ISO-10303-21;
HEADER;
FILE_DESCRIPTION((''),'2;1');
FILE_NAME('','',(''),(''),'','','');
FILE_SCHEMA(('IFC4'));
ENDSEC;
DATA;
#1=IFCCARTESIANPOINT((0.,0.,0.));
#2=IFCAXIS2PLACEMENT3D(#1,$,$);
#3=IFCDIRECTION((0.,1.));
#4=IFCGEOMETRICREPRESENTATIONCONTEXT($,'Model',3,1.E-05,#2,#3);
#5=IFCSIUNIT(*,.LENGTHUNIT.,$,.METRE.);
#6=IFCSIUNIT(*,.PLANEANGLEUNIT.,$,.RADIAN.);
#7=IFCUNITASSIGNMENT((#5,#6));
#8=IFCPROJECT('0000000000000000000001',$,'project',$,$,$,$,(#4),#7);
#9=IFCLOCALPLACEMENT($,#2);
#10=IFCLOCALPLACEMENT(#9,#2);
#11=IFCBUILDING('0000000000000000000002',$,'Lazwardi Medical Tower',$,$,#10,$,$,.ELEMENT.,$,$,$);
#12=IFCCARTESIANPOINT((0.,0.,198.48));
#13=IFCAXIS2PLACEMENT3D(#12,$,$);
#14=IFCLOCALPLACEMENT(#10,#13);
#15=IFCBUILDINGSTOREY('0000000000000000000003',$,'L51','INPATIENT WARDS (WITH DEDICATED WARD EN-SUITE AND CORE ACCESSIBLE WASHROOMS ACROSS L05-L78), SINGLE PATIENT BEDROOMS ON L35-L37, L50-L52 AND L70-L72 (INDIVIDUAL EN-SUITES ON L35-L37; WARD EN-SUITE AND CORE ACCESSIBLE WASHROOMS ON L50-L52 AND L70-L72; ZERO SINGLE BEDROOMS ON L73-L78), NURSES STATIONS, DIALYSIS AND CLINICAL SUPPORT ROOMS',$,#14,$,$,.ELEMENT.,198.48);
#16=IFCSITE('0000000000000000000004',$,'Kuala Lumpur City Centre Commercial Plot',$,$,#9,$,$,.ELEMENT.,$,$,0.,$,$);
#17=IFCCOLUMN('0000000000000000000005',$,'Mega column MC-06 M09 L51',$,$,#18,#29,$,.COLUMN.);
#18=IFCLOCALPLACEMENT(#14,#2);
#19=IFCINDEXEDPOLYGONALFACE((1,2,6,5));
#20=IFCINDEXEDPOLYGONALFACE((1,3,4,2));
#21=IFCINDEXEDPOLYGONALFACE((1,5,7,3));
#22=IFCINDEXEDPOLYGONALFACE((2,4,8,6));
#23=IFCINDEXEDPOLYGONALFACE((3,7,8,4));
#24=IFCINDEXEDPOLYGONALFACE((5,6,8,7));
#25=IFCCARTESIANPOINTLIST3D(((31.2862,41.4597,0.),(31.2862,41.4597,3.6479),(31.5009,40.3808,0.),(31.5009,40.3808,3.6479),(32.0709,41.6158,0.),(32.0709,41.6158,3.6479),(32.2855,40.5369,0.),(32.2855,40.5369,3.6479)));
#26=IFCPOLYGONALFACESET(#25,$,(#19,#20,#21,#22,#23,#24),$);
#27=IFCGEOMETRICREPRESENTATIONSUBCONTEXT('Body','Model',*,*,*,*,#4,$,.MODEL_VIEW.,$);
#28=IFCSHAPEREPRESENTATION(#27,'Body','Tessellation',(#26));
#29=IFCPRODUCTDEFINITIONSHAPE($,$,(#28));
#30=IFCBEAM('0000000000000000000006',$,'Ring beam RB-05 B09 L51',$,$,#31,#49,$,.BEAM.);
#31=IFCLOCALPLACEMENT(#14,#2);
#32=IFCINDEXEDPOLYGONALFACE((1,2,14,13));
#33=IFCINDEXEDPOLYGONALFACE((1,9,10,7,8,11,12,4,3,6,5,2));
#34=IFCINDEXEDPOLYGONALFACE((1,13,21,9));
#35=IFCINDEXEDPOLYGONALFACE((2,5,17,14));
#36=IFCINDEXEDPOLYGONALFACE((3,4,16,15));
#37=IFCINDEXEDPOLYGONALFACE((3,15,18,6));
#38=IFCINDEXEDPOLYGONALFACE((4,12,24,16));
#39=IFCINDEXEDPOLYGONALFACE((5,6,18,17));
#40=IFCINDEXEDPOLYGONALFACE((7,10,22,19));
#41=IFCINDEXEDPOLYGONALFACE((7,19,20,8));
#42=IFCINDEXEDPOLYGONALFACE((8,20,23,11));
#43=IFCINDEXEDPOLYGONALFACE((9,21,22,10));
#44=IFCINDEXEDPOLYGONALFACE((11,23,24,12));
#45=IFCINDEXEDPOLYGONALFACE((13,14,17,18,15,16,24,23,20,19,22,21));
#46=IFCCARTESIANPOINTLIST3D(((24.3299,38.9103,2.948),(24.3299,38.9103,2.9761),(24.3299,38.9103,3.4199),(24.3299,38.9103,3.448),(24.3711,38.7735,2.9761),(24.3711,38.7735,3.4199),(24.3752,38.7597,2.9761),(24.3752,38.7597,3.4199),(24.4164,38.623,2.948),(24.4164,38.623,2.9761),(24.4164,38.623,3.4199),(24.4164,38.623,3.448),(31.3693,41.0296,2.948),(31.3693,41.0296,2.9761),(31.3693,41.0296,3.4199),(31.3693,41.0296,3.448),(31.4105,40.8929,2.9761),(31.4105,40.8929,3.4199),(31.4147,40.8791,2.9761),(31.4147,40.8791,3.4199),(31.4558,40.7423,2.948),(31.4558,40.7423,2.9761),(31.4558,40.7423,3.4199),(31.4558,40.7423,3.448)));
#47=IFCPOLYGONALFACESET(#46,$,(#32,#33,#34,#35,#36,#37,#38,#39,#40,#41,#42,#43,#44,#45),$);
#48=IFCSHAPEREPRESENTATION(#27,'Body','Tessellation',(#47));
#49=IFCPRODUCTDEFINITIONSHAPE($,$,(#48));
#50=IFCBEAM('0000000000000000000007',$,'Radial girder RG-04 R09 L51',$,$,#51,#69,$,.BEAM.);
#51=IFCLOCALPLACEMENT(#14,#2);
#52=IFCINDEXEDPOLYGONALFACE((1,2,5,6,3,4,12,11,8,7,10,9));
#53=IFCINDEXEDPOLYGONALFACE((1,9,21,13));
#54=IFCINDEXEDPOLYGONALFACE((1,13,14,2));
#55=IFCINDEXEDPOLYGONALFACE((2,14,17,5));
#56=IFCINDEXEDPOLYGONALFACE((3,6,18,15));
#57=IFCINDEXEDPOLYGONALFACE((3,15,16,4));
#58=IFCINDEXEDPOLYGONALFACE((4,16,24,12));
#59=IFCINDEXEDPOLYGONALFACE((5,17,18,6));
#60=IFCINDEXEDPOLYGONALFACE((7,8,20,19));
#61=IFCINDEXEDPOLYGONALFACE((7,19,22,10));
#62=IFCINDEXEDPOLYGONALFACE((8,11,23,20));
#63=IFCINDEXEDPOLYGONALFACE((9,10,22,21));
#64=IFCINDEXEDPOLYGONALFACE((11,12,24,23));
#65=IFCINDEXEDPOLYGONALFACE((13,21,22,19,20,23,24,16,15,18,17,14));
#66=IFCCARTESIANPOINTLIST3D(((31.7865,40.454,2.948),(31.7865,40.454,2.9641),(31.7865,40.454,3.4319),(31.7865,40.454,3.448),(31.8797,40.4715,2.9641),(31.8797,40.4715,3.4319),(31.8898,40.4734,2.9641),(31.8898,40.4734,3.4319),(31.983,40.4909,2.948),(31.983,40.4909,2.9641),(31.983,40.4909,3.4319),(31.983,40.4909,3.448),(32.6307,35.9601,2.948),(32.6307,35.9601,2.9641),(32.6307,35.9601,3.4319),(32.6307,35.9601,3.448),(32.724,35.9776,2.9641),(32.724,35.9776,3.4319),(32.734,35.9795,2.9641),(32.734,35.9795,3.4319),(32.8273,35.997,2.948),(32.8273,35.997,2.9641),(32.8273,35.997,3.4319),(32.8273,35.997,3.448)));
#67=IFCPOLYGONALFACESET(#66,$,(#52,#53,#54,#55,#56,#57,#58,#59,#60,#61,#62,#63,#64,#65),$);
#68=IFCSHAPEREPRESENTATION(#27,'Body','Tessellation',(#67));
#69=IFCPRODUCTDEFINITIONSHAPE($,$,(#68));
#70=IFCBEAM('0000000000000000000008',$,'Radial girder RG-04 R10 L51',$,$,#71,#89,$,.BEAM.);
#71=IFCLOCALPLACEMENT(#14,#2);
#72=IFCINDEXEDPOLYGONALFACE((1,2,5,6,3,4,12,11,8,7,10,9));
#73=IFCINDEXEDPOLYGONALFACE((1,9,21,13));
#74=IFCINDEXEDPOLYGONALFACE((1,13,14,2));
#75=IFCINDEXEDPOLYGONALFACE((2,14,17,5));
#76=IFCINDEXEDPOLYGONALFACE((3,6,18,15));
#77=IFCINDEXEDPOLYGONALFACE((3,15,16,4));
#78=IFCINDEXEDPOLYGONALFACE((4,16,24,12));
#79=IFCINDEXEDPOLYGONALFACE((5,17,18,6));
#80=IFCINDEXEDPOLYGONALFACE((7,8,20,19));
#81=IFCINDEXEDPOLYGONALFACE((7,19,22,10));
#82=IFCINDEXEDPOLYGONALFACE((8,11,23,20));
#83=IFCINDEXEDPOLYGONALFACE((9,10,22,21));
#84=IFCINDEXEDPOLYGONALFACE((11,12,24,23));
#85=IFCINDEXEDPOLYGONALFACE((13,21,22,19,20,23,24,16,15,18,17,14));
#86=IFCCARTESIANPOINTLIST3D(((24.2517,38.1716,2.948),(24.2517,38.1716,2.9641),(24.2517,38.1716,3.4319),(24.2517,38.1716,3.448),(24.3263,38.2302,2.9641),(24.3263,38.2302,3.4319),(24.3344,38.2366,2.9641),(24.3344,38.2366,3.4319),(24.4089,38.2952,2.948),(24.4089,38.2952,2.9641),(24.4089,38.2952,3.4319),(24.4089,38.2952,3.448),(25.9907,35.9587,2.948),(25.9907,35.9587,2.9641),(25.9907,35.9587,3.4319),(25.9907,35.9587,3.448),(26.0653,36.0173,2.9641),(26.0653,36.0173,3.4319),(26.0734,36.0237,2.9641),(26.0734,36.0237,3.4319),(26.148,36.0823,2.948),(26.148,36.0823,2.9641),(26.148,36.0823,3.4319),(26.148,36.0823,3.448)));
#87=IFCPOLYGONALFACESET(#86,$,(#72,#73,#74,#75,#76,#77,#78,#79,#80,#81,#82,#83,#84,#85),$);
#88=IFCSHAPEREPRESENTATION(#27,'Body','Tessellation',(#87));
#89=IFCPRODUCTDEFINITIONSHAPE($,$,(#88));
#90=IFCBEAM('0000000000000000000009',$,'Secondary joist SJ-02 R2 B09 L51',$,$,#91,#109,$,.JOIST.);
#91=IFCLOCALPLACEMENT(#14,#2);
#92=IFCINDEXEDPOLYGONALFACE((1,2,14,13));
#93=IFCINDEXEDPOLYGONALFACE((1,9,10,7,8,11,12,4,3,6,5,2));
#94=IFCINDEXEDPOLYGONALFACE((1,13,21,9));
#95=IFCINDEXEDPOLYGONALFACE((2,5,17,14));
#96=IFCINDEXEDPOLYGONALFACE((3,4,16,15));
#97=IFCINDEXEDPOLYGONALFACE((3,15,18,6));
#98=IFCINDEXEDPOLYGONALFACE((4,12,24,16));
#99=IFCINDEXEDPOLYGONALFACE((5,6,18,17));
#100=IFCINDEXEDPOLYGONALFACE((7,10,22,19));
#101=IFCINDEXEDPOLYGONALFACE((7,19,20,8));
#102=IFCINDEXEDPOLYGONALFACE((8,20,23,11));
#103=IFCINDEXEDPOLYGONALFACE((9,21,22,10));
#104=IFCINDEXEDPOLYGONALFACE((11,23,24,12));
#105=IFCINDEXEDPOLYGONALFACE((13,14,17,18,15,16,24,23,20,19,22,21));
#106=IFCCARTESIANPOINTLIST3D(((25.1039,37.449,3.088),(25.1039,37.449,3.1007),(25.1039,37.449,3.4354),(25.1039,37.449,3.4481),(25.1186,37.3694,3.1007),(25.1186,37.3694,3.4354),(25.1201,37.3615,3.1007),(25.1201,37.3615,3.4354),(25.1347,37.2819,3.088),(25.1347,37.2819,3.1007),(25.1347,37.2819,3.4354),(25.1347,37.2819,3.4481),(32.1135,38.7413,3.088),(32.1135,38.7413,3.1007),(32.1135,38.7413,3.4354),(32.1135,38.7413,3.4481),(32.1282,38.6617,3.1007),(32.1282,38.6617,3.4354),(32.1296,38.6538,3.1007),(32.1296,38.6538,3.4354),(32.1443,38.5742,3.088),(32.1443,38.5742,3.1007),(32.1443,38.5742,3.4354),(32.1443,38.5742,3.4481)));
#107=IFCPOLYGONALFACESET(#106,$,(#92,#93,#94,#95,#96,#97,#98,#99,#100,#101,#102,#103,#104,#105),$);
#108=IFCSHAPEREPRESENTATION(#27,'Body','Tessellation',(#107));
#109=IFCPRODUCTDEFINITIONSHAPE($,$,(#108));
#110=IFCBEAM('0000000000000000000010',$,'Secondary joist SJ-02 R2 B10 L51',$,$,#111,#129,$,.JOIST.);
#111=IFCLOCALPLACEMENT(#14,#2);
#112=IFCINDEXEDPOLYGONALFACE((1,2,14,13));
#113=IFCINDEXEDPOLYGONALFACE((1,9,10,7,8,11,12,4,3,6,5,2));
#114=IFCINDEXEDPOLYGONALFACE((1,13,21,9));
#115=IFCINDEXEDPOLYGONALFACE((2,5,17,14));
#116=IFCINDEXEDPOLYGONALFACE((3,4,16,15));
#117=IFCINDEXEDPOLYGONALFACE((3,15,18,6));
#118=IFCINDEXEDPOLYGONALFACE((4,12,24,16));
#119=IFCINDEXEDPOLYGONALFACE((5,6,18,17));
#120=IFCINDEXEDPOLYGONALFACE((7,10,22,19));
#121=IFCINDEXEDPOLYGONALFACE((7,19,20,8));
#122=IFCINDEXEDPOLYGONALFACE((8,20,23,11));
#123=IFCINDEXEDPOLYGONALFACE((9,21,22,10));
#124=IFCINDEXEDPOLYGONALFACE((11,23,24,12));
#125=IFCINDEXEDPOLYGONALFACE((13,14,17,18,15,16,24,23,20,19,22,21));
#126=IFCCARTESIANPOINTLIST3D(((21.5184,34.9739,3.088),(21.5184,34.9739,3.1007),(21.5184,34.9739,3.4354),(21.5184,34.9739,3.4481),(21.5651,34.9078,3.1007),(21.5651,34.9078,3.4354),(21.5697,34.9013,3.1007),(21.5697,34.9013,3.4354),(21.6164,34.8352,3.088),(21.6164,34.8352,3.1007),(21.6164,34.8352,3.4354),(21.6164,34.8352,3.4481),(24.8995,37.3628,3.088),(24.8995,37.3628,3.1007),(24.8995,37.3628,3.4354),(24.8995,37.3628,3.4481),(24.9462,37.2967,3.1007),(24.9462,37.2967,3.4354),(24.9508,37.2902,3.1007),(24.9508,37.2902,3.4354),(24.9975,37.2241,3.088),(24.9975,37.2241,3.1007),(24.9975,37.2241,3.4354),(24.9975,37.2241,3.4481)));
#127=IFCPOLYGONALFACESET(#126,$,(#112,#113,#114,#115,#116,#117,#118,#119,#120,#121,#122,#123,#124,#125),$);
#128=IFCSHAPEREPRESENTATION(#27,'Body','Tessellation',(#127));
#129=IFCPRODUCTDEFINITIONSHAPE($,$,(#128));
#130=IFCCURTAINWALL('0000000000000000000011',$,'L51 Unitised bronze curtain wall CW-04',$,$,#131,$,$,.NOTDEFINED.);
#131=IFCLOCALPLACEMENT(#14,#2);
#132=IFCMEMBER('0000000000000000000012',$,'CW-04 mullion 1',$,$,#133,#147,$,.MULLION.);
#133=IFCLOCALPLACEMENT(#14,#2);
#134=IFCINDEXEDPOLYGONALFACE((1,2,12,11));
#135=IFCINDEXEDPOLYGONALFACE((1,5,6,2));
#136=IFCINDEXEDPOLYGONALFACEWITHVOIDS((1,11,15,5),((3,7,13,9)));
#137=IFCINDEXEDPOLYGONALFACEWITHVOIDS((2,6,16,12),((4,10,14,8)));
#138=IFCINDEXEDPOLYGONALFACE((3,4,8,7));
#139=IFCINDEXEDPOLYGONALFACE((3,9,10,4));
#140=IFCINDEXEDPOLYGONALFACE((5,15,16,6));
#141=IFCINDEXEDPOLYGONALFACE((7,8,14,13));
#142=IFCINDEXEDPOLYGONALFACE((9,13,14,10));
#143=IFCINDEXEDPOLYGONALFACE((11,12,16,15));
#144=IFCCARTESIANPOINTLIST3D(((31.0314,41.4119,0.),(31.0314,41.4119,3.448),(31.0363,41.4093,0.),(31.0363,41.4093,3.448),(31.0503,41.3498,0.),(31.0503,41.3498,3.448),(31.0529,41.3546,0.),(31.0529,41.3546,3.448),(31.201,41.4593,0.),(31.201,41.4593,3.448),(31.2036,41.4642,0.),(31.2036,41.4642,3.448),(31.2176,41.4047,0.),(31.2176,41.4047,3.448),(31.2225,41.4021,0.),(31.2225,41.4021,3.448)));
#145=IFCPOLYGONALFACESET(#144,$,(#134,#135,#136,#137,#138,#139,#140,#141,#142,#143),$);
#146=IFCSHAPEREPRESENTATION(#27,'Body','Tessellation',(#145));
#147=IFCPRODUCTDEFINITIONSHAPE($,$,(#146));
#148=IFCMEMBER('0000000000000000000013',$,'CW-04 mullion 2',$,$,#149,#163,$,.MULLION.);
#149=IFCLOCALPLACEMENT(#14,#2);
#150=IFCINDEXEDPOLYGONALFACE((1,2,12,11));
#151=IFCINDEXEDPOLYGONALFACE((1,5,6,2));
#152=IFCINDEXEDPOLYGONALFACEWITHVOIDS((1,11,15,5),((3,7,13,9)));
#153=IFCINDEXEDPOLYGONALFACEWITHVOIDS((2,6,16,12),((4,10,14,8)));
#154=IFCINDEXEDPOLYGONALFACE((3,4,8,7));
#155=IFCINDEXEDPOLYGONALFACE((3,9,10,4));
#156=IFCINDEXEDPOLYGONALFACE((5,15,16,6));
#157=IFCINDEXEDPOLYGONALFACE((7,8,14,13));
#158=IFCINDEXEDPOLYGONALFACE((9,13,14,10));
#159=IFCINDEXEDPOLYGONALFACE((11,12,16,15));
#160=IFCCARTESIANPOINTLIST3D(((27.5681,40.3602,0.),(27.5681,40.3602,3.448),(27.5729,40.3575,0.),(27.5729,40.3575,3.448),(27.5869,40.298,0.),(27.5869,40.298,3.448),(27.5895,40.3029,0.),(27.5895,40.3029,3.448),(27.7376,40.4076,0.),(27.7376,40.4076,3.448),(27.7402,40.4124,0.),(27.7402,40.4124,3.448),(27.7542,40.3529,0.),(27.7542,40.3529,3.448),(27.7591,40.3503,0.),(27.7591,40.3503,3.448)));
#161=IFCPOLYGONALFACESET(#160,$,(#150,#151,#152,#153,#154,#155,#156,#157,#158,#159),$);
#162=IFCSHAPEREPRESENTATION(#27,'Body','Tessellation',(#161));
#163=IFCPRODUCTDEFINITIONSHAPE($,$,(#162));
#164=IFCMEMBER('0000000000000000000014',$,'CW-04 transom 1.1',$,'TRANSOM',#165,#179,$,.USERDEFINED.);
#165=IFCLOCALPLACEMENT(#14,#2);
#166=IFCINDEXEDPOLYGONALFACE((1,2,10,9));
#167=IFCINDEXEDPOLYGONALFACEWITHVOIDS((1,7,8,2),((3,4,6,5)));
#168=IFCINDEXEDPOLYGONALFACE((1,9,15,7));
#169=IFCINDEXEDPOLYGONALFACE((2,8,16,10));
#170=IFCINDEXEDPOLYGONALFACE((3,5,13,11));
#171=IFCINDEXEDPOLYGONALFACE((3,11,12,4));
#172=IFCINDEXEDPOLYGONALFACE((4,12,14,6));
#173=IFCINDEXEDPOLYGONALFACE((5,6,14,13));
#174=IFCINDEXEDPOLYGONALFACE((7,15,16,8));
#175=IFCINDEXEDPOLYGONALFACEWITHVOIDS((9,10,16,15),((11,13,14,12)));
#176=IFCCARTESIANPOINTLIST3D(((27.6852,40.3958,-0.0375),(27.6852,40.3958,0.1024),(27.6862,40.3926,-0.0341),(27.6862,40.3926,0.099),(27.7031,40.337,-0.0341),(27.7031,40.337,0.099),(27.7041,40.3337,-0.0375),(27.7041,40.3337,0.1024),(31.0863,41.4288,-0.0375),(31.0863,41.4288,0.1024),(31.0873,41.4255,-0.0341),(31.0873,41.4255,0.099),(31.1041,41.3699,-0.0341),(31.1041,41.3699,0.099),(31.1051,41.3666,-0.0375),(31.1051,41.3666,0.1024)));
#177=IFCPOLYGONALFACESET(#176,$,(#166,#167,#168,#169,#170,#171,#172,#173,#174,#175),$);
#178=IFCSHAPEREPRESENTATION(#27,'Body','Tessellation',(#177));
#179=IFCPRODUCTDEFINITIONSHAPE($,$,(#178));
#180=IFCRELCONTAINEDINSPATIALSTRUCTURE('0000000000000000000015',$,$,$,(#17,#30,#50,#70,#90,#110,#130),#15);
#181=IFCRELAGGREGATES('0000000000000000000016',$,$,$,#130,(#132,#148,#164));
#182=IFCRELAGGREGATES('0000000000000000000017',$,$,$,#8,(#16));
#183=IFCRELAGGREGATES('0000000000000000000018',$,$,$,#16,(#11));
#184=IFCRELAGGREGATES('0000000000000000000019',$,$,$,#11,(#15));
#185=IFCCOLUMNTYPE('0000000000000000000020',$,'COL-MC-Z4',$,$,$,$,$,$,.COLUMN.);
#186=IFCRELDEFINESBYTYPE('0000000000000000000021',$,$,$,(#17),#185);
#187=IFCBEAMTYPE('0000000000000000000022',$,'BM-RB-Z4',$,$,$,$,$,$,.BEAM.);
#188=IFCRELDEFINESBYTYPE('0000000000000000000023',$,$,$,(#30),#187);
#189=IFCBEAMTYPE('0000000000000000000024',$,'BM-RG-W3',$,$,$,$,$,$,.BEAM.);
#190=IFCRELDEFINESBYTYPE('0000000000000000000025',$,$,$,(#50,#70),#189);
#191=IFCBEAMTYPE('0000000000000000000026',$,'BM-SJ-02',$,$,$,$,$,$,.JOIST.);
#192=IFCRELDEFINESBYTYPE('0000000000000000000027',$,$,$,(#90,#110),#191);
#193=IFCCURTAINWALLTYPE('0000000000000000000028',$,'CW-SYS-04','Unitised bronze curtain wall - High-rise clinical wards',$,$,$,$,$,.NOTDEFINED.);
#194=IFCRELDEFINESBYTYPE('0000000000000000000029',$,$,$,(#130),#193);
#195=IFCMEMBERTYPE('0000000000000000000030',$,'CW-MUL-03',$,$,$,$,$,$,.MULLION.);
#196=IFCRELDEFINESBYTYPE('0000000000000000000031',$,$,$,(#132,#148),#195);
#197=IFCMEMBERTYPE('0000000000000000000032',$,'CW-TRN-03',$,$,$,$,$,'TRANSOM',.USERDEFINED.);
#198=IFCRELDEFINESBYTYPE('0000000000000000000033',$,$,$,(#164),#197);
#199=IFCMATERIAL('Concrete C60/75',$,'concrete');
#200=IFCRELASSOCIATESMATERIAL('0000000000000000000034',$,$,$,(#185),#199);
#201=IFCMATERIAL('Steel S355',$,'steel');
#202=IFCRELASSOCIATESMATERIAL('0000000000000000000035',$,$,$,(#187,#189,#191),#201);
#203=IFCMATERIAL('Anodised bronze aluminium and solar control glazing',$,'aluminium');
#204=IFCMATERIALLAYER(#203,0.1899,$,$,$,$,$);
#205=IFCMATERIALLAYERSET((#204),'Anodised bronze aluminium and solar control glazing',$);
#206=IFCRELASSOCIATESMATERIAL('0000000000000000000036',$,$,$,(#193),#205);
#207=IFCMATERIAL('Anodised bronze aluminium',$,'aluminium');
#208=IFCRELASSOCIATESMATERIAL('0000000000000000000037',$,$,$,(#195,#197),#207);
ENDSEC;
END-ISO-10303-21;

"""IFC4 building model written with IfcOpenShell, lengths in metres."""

from ifc_helpers import new_model, si_unit, direction, frame, origin, origin_2d, place, context, subcontext, project, spatial, rectangle, hollow_rectangle, i_section, extrude, material, layer, layer_set, material_profile, profile_set, type_object, element, aggregate, save


model = new_model("IFC4")

# Units and contexts
model_context = context("Model", 3, precision=1e-05, world=origin(), true_north=direction((0.0, 1.0)))
body_context = subcontext(model_context, "Body", "Model", "MODEL_VIEW")
ifc_project = project(units=[si_unit("LENGTHUNIT", "METRE"), si_unit("PLANEANGLEUNIT", "RADIAN")], contexts=[model_context])

# Site, building, storey
site_placement = place(None, origin())
site = spatial("IfcSite", under=ifc_project, at=site_placement, Name="Kuala Lumpur City Centre Commercial Plot", CompositionType="ELEMENT", RefElevation=0.0)
building_placement = place(site_placement, origin())
building = spatial("IfcBuilding", under=site, at=building_placement, Name="Lazwardi Medical Tower", CompositionType="ELEMENT")
storey_placement = place(building_placement, frame((0.0, 0.0, 198.48)))
storey = spatial("IfcBuildingStorey", under=building, at=storey_placement, Name="L51", Description="INPATIENT WARDS (WITH DEDICATED WARD EN-SUITE AND CORE ACCESSIBLE WASHROOMS ACROSS L05-L78), SINGLE PATIENT BEDROOMS ON L35-L37, L50-L52 AND L70-L72 (INDIVIDUAL EN-SUITES ON L35-L37; WARD EN-SUITE AND CORE ACCESSIBLE WASHROOMS ON L50-L52 AND L70-L72; ZERO SINGLE BEDROOMS ON L73-L78), NURSES STATIONS, DIALYSIS AND CLINICAL SUPPORT ROOMS", CompositionType="ELEMENT", Elevation=198.48)

# Column
ifc_material_1 = material(Name="Concrete C60/75", Category="concrete")
ifc_material_profile_1 = material_profile(ifc_material_1, rectangle(XDim=1.1001, YDim=0.8, at=origin_2d()), Name="CFT-RECT 1100x800")
ifc_profile_set_1 = profile_set([ifc_material_profile_1], Name="Concrete C60/75")
column_type = type_object("IfcColumnType", Name="COL-MC-Z4", PredefinedType="COLUMN", material=ifc_profile_set_1)
column_placement = place(storey_placement, frame((31.7859, 40.9983, 0.0), z_axis=(0.0, 0.0, 1.0), x_axis=(-0.19509, 0.980785, 0.0)))
element("IfcColumn", 1, at=column_placement, inside=storey, type_object=column_type, Name="Mega column MC-06 M09 L51", PredefinedType="COLUMN", context=body_context, shape_type="SweptSolid", body=[
    extrude(rectangle(XDim=1.1001, YDim=0.8, at=origin_2d()), origin(), (0.0, 0.0, 1.0), 3.6479),
])

# Beams
ifc_material_2 = material(Name="Steel S355", Category="steel")
ifc_material_profile_2 = material_profile(ifc_material_2, i_section(OverallWidth=0.3, OverallDepth=0.5, WebThickness=0.0144, FlangeThickness=0.0281, at=origin_2d()), Name="HEB 500")
ifc_profile_set_2 = profile_set([ifc_material_profile_2], Name="Steel S355")
beam_type_1 = type_object("IfcBeamType", Name="BM-RB-Z4", PredefinedType="BEAM", material=ifc_profile_set_2)
beam_1_placement = place(storey_placement, frame((31.4126, 40.886, 3.198), z_axis=(-0.957544, -0.288286, 0.0), x_axis=(0.288286, -0.957544, 0.0)))
element("IfcBeam", 2, at=beam_1_placement, inside=storey, type_object=beam_type_1, Name="Ring beam RB-05 B09 L51", PredefinedType="BEAM", context=body_context, shape_type="SweptSolid", body=[
    extrude(i_section(OverallWidth=0.3, OverallDepth=0.5, WebThickness=0.0144, FlangeThickness=0.0281, at=origin_2d()), origin(), (0.0, 0.0, 1.0), 7.3516),
])
ifc_material_profile_3 = material_profile(ifc_material_2, i_section(OverallWidth=0.2, OverallDepth=0.5, WebThickness=0.0103, FlangeThickness=0.0161, at=origin_2d()), Name="IPE 500")
ifc_profile_set_3 = profile_set([ifc_material_profile_3], Name="Steel S355")
beam_type_2 = type_object("IfcBeamType", Name="BM-RG-W3", PredefinedType="BEAM", material=ifc_profile_set_3)
beam_2_placement = place(storey_placement, frame((31.8848, 40.4724, 3.198), z_axis=(0.184633, -0.982807, 0.0), x_axis=(0.982807, 0.184633, 0.0)))
element("IfcBeam", 3, at=beam_2_placement, inside=storey, type_object=beam_type_2, Name="Radial girder RG-04 R09 L51", PredefinedType="BEAM", context=body_context, shape_type="SweptSolid", body=[
    extrude(i_section(OverallWidth=0.2, OverallDepth=0.5, WebThickness=0.0103, FlangeThickness=0.0161, at=origin_2d()), origin(), (0.0, 0.0, 1.0), 4.5725),
])
beam_3_placement = place(storey_placement, frame((24.3303, 38.2334, 3.198), z_axis=(0.617891, -0.786264, 0.0), x_axis=(0.786264, 0.617891, 0.0)))
element("IfcBeam", 4, at=beam_3_placement, inside=storey, type_object=beam_type_2, Name="Radial girder RG-04 R10 L51", PredefinedType="BEAM", context=body_context, shape_type="SweptSolid", body=[
    extrude(i_section(OverallWidth=0.2, OverallDepth=0.5, WebThickness=0.0103, FlangeThickness=0.0161, at=origin_2d()), origin(), (0.0, 0.0, 1.0), 2.8145),
])
ifc_material_profile_4 = material_profile(ifc_material_2, i_section(OverallWidth=0.1699, OverallDepth=0.3601, WebThickness=0.0081, FlangeThickness=0.0127, at=origin_2d()), Name="IPE 360")
ifc_profile_set_4 = profile_set([ifc_material_profile_4], Name="Steel S355")
beam_type_3 = type_object("IfcBeamType", Name="BM-SJ-02", PredefinedType="JOIST", material=ifc_profile_set_4)
beam_4_placement = place(storey_placement, frame((32.1289, 38.6577, 3.2681), z_axis=(-0.983428, -0.181299, 0.0), x_axis=(0.181299, -0.983428, 0.0)))
element("IfcBeam", 5, at=beam_4_placement, inside=storey, type_object=beam_type_3, Name="Secondary joist SJ-02 R2 B09 L51", PredefinedType="JOIST", context=body_context, shape_type="SweptSolid", body=[
    extrude(i_section(OverallWidth=0.1699, OverallDepth=0.3601, WebThickness=0.0081, FlangeThickness=0.0127, at=origin_2d()), origin(), (0.0, 0.0, 1.0), 7.1277),
])
beam_5_placement = place(storey_placement, frame((24.9485, 37.2935, 3.2681), z_axis=(-0.816711, -0.577047, 0.0), x_axis=(0.577047, -0.816711, 0.0)))
element("IfcBeam", 6, at=beam_5_placement, inside=storey, type_object=beam_type_3, Name="Secondary joist SJ-02 R2 B10 L51", PredefinedType="JOIST", context=body_context, shape_type="SweptSolid", body=[
    extrude(i_section(OverallWidth=0.1699, OverallDepth=0.3601, WebThickness=0.0081, FlangeThickness=0.0127, at=origin_2d()), origin(), (0.0, 0.0, 1.0), 4.1399),
])

# Curtain wall, members
ifc_material_3 = material(Name="Anodised bronze aluminium and solar control glazing", Category="aluminium")
ifc_layer_1 = layer(ifc_material_3, 0.1899)
ifc_layer_set_1 = layer_set([ifc_layer_1], Name="Anodised bronze aluminium and solar control glazing")
curtain_wall_type = type_object("IfcCurtainWallType", Name="CW-SYS-04", Description="Unitised bronze curtain wall - High-rise clinical wards", PredefinedType="NOTDEFINED", material=ifc_layer_set_1)
curtain_wall_placement = place(storey_placement, origin())
curtain_wall = element("IfcCurtainWall", 7, at=curtain_wall_placement, inside=storey, type_object=curtain_wall_type, Name="L51 Unitised bronze curtain wall CW-04", PredefinedType="NOTDEFINED")
ifc_material_4 = material(Name="Anodised bronze aluminium", Category="aluminium")
ifc_material_profile_5 = material_profile(ifc_material_4, hollow_rectangle(XDim=0.0649, YDim=0.1799, WallThickness=0.0039, at=origin_2d()), Name="ALU-MULLION 180x65x4")
ifc_profile_set_5 = profile_set([ifc_material_profile_5], Name="Anodised bronze aluminium")
member_type_1 = type_object("IfcMemberType", Name="CW-MUL-03", PredefinedType="MULLION", material=ifc_profile_set_5)
member_1_placement = place(storey_placement, frame((31.127, 41.407, 0.0), z_axis=(0.0, 0.0, 1.0), x_axis=(0.290582, -0.95685, 0.0)))
member_1 = element("IfcMember", 8, at=member_1_placement, type_object=member_type_1, Name="CW-04 mullion 1", PredefinedType="MULLION", context=body_context, shape_type="SweptSolid", body=[
    extrude(hollow_rectangle(XDim=0.0649, YDim=0.1799, WallThickness=0.0039, at=origin_2d()), origin(), (0.0, 0.0, 1.0), 3.448),
])
member_2_placement = place(storey_placement, frame((27.6636, 40.3552, 0.0), z_axis=(0.0, 0.0, 1.0), x_axis=(0.290582, -0.95685, 0.0)))
member_2 = element("IfcMember", 9, at=member_2_placement, type_object=member_type_1, Name="CW-04 mullion 2", PredefinedType="MULLION", context=body_context, shape_type="SweptSolid", body=[
    extrude(hollow_rectangle(XDim=0.0649, YDim=0.1799, WallThickness=0.0039, at=origin_2d()), origin(), (0.0, 0.0, 1.0), 3.448),
])
ifc_material_profile_6 = material_profile(ifc_material_4, hollow_rectangle(XDim=0.0649, YDim=0.1399, WallThickness=0.0034, at=origin_2d()), Name="ALU-TRANSOM 140x65x3.5")
ifc_profile_set_6 = profile_set([ifc_material_profile_6], Name="Anodised bronze aluminium")
member_type_2 = type_object("IfcMemberType", Name="CW-TRN-03", ElementType="TRANSOM", PredefinedType="USERDEFINED", material=ifc_profile_set_6)
member_3_placement = place(storey_placement, frame((31.0957, 41.3977, 0.0325), z_axis=(-0.956843, -0.290604, 0.0), x_axis=(0.290604, -0.956843, 0.0)))
member_3 = element("IfcMember", 10, at=member_3_placement, type_object=member_type_2, Name="CW-04 transom 1.1", ObjectType="TRANSOM", PredefinedType="USERDEFINED", context=body_context, shape_type="SweptSolid", body=[
    extrude(hollow_rectangle(XDim=0.0649, YDim=0.1399, WallThickness=0.0034, at=origin_2d()), origin(), (0.0, 0.0, 1.0), 3.5544),
])
aggregate(curtain_wall, [member_1, member_2, member_3])

save(model, "model.ifc")
